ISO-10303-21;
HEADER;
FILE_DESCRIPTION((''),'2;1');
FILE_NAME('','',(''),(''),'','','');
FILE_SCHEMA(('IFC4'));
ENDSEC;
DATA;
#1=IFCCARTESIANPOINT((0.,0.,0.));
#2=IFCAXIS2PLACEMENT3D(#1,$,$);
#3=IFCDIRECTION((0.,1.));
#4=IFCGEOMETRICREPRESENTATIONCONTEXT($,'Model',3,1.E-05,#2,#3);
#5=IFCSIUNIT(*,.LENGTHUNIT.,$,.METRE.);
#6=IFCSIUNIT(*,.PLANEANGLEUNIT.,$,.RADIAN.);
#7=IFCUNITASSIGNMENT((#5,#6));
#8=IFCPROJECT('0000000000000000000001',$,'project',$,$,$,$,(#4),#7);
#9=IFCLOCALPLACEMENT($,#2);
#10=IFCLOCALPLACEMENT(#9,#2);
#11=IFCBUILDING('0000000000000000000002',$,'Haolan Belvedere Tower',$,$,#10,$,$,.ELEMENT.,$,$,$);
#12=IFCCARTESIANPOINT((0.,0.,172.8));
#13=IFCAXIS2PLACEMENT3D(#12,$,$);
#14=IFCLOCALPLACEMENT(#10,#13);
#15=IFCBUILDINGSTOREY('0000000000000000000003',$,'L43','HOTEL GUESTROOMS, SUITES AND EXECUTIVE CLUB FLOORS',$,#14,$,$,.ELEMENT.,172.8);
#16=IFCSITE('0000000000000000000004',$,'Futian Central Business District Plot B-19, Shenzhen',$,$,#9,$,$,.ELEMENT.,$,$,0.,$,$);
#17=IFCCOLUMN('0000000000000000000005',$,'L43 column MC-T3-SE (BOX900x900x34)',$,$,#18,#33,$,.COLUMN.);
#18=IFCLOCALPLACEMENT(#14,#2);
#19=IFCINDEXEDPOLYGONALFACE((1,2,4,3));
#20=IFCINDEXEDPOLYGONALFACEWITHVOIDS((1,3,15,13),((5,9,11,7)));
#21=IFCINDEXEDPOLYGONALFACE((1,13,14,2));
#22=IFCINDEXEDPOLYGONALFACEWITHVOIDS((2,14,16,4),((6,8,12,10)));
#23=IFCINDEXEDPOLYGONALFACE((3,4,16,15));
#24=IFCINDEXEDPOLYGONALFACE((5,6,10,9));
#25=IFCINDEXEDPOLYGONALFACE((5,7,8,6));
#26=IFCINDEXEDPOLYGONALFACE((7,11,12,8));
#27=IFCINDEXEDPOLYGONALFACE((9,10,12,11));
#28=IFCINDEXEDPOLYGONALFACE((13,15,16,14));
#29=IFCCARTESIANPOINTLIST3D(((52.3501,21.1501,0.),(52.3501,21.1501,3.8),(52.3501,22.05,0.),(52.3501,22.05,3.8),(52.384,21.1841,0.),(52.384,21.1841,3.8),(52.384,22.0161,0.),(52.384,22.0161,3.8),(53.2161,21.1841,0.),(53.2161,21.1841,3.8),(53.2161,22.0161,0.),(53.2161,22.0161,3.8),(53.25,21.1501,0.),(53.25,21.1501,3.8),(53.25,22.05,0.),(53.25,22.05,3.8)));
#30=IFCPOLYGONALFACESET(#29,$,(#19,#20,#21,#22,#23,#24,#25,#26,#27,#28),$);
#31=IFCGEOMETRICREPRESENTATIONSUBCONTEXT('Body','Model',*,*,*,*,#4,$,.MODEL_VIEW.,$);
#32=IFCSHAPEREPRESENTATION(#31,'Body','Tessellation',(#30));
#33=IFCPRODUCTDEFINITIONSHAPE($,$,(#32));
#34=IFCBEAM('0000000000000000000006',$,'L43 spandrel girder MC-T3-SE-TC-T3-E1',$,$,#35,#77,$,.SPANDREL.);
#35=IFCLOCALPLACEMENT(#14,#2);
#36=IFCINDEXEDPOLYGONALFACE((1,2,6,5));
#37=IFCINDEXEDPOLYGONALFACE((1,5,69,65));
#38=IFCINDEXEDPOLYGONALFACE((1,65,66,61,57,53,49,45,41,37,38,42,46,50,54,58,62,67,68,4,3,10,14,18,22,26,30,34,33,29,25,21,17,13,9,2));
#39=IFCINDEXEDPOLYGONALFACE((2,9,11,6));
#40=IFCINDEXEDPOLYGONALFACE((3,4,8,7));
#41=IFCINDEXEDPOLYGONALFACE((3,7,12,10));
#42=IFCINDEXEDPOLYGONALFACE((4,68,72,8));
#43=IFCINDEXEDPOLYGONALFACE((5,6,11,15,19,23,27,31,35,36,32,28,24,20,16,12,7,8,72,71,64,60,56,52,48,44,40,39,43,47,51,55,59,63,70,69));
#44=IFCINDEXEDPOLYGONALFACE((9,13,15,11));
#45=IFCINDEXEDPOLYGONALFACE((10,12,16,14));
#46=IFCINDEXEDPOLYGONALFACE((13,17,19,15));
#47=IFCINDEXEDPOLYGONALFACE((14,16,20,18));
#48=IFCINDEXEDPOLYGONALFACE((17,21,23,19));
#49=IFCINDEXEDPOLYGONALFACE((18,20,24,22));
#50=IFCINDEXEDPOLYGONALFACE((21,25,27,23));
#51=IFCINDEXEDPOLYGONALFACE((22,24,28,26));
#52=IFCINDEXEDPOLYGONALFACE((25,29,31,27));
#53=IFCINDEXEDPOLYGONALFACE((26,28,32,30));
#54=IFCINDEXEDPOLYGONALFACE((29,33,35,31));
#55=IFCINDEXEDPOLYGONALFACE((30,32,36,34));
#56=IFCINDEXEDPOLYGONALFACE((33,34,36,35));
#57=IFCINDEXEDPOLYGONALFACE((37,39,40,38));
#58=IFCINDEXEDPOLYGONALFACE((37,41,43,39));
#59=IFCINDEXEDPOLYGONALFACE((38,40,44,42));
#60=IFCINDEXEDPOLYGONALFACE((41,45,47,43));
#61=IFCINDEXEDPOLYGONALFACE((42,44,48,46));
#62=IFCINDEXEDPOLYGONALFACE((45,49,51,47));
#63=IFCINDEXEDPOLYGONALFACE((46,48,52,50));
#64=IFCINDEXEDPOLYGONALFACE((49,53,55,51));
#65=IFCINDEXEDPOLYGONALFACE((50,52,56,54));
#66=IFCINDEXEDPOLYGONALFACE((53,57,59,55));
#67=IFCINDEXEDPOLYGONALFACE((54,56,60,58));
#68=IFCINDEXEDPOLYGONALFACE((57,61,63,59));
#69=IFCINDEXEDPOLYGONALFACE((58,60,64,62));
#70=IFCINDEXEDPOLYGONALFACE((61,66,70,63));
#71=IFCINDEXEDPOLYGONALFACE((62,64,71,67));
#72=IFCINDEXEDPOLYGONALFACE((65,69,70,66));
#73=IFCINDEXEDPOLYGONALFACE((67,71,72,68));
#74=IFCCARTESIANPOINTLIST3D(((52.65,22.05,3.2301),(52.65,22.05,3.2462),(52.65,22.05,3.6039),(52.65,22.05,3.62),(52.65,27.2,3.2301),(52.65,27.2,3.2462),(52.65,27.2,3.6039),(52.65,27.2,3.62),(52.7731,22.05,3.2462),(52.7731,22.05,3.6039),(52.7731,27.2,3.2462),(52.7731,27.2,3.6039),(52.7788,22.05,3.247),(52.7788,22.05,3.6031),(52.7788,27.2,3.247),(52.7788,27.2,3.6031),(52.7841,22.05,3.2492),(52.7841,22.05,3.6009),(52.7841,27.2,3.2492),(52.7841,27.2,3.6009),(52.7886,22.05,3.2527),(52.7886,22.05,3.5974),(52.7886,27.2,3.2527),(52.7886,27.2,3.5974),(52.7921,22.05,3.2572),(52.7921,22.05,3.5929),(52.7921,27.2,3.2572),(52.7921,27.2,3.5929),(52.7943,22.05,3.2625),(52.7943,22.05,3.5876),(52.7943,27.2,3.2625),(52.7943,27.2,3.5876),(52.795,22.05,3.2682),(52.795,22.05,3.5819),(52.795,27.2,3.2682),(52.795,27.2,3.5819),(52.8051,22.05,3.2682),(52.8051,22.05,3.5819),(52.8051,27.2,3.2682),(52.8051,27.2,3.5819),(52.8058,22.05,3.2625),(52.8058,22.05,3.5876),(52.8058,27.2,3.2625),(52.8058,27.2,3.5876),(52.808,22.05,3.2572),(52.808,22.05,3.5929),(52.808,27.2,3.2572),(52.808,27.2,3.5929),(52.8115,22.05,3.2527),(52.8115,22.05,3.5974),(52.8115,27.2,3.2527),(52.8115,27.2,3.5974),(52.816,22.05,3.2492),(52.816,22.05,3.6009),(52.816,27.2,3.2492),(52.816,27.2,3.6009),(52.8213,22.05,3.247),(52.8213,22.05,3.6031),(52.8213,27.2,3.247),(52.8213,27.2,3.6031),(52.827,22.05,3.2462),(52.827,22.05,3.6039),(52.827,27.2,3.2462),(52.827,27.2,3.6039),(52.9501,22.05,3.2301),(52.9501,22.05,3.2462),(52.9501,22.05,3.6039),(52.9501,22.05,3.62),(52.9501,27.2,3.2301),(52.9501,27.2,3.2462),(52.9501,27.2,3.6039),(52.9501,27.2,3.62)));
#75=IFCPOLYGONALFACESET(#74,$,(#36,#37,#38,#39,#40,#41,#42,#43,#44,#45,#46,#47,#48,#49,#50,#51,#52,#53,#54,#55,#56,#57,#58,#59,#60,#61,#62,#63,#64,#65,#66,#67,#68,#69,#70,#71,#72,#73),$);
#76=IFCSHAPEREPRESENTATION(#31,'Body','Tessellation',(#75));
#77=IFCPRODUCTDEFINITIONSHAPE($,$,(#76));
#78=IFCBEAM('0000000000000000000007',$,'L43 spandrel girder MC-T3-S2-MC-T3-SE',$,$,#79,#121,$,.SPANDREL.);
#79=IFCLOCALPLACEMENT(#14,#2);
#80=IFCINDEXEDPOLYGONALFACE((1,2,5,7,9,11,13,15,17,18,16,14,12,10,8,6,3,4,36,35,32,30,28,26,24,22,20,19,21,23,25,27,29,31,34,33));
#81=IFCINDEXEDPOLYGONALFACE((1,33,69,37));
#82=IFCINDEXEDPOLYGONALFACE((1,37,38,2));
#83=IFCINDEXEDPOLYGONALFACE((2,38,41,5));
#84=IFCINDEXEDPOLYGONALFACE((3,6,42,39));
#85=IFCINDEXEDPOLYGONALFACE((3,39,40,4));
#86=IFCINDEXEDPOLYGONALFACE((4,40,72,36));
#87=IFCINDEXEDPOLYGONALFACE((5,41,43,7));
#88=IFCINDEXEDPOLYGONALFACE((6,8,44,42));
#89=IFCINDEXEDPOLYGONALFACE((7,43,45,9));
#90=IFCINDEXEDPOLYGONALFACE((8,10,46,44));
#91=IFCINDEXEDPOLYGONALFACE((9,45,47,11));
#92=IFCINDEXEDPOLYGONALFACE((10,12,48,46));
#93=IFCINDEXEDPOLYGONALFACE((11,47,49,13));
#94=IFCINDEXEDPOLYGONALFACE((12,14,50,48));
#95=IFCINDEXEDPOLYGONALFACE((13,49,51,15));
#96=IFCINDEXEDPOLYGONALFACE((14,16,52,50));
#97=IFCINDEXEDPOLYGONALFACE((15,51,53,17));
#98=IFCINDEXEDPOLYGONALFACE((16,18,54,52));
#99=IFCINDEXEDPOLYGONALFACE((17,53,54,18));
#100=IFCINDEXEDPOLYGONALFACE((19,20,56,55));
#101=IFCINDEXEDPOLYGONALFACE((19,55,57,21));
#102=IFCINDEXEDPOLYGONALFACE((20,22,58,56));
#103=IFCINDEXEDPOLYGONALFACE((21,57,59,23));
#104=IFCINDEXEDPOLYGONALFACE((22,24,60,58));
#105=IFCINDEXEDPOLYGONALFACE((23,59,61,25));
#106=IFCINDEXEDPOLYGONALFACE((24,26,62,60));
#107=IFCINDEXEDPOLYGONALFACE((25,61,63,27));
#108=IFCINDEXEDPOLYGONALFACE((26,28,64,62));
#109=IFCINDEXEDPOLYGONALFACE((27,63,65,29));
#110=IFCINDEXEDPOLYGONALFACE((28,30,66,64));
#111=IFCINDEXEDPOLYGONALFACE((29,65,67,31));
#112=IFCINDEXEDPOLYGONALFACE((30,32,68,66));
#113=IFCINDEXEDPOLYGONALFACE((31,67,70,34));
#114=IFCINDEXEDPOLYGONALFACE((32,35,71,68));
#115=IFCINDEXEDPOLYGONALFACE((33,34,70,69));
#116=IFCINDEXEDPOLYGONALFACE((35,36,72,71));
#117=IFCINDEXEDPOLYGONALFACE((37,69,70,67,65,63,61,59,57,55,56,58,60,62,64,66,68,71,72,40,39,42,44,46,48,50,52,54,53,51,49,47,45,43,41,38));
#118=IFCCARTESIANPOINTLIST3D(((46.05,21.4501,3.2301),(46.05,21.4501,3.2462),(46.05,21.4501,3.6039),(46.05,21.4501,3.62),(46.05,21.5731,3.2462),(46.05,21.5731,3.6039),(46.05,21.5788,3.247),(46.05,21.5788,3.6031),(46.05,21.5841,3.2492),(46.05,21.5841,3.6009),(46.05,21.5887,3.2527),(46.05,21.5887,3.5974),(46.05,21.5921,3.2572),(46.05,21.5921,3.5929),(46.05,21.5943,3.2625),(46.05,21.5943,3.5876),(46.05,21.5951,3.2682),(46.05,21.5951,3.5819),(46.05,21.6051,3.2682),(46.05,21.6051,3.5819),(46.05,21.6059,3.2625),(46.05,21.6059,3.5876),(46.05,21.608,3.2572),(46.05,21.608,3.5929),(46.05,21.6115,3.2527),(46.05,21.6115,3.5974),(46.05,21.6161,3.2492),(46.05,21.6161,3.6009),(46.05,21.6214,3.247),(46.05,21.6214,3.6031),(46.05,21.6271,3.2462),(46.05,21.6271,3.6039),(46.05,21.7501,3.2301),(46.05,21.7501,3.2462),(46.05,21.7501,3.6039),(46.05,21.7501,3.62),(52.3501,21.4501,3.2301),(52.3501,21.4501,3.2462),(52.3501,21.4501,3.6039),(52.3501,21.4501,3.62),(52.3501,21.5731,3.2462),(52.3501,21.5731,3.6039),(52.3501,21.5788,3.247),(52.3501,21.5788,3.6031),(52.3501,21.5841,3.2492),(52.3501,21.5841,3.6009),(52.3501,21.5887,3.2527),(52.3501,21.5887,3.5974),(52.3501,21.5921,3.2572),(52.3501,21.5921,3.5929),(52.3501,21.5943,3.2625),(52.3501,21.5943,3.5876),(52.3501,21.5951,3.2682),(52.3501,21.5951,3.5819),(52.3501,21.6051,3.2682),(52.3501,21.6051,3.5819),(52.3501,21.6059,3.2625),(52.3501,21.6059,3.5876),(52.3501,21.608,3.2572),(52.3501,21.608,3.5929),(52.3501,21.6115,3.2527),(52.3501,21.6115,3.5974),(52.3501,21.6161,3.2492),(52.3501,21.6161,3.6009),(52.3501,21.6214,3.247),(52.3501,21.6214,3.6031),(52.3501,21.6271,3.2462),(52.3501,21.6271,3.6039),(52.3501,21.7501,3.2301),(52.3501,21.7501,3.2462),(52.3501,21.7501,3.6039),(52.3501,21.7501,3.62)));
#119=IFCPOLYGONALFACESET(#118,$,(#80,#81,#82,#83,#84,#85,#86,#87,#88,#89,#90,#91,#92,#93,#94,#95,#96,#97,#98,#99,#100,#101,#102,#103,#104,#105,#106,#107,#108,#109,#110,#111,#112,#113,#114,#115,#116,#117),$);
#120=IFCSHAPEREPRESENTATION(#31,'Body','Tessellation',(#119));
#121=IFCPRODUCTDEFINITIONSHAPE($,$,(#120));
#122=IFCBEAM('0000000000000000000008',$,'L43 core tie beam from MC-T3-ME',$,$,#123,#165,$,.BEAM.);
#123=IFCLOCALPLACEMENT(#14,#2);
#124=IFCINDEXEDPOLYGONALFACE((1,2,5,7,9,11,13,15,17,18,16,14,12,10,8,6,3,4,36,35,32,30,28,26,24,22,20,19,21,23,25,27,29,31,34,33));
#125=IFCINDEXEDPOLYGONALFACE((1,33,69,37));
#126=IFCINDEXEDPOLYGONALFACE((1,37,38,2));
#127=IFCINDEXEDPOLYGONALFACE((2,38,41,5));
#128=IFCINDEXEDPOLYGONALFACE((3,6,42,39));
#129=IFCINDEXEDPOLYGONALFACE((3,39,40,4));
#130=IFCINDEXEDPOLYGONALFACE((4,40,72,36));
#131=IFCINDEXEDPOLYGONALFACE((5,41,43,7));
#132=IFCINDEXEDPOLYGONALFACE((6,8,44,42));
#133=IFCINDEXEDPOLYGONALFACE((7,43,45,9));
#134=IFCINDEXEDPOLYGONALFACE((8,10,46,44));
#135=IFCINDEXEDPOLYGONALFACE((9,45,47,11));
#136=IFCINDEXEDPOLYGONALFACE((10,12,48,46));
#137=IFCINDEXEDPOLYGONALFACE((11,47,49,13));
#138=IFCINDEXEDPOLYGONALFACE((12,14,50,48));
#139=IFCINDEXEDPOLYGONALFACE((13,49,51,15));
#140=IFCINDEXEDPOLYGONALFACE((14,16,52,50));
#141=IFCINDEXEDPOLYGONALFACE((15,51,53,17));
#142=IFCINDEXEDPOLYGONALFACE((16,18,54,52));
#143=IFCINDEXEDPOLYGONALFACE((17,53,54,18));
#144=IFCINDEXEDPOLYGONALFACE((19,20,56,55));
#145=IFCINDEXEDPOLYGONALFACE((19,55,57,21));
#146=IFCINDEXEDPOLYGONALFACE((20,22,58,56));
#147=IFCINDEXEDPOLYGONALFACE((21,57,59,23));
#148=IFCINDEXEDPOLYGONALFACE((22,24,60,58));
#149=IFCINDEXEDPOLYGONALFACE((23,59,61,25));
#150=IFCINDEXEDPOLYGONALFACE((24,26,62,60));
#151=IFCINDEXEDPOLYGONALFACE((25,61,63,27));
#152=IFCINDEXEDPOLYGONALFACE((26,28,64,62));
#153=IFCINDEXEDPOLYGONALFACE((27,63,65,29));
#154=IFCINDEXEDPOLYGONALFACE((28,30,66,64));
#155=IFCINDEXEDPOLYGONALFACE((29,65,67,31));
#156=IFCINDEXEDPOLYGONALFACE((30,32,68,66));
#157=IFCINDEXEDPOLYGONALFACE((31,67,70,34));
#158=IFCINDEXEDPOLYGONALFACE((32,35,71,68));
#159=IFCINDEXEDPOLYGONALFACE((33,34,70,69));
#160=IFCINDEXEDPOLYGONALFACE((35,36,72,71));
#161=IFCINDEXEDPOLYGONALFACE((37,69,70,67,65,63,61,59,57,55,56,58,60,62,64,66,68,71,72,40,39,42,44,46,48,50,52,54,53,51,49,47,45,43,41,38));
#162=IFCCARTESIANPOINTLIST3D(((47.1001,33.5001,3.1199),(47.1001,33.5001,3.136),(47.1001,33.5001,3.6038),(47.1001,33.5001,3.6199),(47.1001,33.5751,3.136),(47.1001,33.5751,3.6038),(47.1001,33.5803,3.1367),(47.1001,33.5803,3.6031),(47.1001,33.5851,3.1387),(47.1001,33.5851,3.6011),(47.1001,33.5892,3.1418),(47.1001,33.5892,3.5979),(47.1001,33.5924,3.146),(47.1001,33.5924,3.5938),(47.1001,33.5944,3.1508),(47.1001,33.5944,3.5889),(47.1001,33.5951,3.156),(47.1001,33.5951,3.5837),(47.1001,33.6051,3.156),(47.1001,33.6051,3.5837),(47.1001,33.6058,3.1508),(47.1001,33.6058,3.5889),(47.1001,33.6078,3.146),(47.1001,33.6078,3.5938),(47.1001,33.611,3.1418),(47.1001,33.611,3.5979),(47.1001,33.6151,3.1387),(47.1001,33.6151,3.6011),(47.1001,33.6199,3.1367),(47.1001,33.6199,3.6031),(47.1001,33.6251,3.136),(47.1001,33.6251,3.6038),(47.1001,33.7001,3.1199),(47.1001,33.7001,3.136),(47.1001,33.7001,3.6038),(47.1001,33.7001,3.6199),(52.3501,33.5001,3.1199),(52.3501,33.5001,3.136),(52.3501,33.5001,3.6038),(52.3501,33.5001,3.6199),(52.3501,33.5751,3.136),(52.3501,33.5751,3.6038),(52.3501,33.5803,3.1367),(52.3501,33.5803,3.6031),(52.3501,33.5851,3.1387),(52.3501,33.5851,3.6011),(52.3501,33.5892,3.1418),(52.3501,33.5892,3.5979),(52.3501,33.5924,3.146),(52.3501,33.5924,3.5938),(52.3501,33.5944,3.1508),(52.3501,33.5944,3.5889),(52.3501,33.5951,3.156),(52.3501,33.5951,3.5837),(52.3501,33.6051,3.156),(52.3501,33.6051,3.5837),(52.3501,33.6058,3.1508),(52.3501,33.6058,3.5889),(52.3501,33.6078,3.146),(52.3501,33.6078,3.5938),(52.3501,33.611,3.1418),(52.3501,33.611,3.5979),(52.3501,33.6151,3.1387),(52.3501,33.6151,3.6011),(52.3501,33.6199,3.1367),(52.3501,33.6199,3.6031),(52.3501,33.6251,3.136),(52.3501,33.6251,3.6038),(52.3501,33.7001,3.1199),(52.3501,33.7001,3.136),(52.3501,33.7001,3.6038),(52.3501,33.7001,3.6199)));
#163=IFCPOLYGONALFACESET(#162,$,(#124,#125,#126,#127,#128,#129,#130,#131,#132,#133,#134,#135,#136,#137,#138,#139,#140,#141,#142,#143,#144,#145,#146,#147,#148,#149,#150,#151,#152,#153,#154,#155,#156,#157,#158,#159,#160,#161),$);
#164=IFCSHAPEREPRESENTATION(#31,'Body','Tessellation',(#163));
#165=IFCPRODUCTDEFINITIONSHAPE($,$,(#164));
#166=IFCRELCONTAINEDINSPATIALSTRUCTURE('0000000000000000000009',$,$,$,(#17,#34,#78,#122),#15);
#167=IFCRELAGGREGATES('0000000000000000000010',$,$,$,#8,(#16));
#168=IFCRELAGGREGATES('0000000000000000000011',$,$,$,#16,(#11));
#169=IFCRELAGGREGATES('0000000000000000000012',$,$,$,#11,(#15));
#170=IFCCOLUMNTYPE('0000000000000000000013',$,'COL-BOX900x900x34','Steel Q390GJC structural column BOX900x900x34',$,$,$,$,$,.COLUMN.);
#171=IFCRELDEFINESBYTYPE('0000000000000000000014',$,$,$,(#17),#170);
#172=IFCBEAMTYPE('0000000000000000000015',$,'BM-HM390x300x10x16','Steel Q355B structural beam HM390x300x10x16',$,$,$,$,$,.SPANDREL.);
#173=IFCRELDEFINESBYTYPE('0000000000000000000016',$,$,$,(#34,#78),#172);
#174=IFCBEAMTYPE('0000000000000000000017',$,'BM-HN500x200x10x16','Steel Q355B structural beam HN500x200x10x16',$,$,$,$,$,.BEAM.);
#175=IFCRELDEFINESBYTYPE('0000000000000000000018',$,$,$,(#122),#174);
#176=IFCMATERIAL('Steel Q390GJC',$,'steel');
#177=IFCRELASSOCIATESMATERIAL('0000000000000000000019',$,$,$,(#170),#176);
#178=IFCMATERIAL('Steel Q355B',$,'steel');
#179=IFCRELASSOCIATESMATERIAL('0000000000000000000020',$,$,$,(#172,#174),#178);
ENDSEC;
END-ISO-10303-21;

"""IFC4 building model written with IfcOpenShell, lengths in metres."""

from ifc_helpers import new_model, si_unit, direction, frame, origin, origin_2d, place, context, subcontext, project, spatial, hollow_rectangle, i_section, extrude, material, material_profile, profile_set, type_object, element, save


model = new_model("IFC4")

# Units and contexts
model_context = context("Model", 3, precision=1e-05, world=origin(), true_north=direction((0.0, 1.0)))
body_context = subcontext(model_context, "Body", "Model", "MODEL_VIEW")
ifc_project = project(units=[si_unit("LENGTHUNIT", "METRE"), si_unit("PLANEANGLEUNIT", "RADIAN")], contexts=[model_context])

# Site, building, storey
site_placement = place(None, origin())
site = spatial("IfcSite", under=ifc_project, at=site_placement, Name="Futian Central Business District Plot B-19, Shenzhen", CompositionType="ELEMENT", RefElevation=0.0)
building_placement = place(site_placement, origin())
building = spatial("IfcBuilding", under=site, at=building_placement, Name="Haolan Belvedere Tower", CompositionType="ELEMENT")
storey_placement = place(building_placement, frame((0.0, 0.0, 172.8)))
storey = spatial("IfcBuildingStorey", under=building, at=storey_placement, Name="L43", Description="HOTEL GUESTROOMS, SUITES AND EXECUTIVE CLUB FLOORS", CompositionType="ELEMENT", Elevation=172.8)

# Column
ifc_material_1 = material(Name="Steel Q390GJC", Category="steel")
ifc_material_profile_1 = material_profile(ifc_material_1, hollow_rectangle(XDim=0.8999, YDim=0.8999, WallThickness=0.0339, at=origin_2d()), Name="Steel Q390GJC")
ifc_profile_set_1 = profile_set([ifc_material_profile_1], Name="Steel Q390GJC")
column_type = type_object("IfcColumnType", Name="COL-BOX900x900x34", Description="Steel Q390GJC structural column BOX900x900x34", PredefinedType="COLUMN", material=ifc_profile_set_1)
column_placement = place(storey_placement, frame((52.8, 21.6001, 0.0), z_axis=(0.0, 0.0, 1.0), x_axis=(1.0, 0.0, 0.0)))
element("IfcColumn", 1, at=column_placement, inside=storey, type_object=column_type, Name="L43 column MC-T3-SE (BOX900x900x34)", PredefinedType="COLUMN", context=body_context, shape_type="SweptSolid", body=[
    extrude(hollow_rectangle(XDim=0.8999, YDim=0.8999, WallThickness=0.0339, at=origin_2d()), origin(), (0.0, 0.0, 1.0), 3.8),
])

# Beams
ifc_material_2 = material(Name="Steel Q355B", Category="steel")
ifc_material_profile_2 = material_profile(ifc_material_2, i_section(OverallWidth=0.3, OverallDepth=0.3899, WebThickness=0.01, FlangeThickness=0.0161, FilletRadius=0.022, at=origin_2d()), Name="Steel Q355B")
ifc_profile_set_2 = profile_set([ifc_material_profile_2], Name="Steel Q355B")
beam_type_1 = type_object("IfcBeamType", Name="BM-HM390x300x10x16", Description="Steel Q355B structural beam HM390x300x10x16", PredefinedType="SPANDREL", material=ifc_profile_set_2)
beam_1_placement = place(storey_placement, frame((52.8, 22.05, 3.425), z_axis=(0.0, 1.0, 0.0), x_axis=(-1.0, 0.0, 0.0)))
element("IfcBeam", 2, at=beam_1_placement, inside=storey, type_object=beam_type_1, Name="L43 spandrel girder MC-T3-SE-TC-T3-E1", PredefinedType="SPANDREL", context=body_context, shape_type="SweptSolid", body=[
    extrude(i_section(OverallWidth=0.3, OverallDepth=0.3899, WebThickness=0.01, FlangeThickness=0.0161, FilletRadius=0.022, at=origin_2d()), origin(), (0.0, 0.0, 1.0), 5.1499),
])
beam_2_placement = place(storey_placement, frame((46.05, 21.6001, 3.425), z_axis=(1.0, 0.0, 0.0), x_axis=(0.0, 1.0, 0.0)))
element("IfcBeam", 3, at=beam_2_placement, inside=storey, type_object=beam_type_1, Name="L43 spandrel girder MC-T3-S2-MC-T3-SE", PredefinedType="SPANDREL", context=body_context, shape_type="SweptSolid", body=[
    extrude(i_section(OverallWidth=0.3, OverallDepth=0.3899, WebThickness=0.01, FlangeThickness=0.0161, FilletRadius=0.022, at=origin_2d()), origin(), (0.0, 0.0, 1.0), 6.3),
])
ifc_material_profile_3 = material_profile(ifc_material_2, i_section(OverallWidth=0.2, OverallDepth=0.5, WebThickness=0.01, FlangeThickness=0.0161, FilletRadius=0.02, at=origin_2d()), Name="Steel Q355B")
ifc_profile_set_3 = profile_set([ifc_material_profile_3], Name="Steel Q355B")
beam_type_2 = type_object("IfcBeamType", Name="BM-HN500x200x10x16", Description="Steel Q355B structural beam HN500x200x10x16", PredefinedType="BEAM", material=ifc_profile_set_3)
beam_3_placement = place(storey_placement, frame((52.3501, 33.6001, 3.3699), z_axis=(-1.0, 0.0, 0.0), x_axis=(0.0, -1.0, 0.0)))
element("IfcBeam", 4, at=beam_3_placement, inside=storey, type_object=beam_type_2, Name="L43 core tie beam from MC-T3-ME", PredefinedType="BEAM", context=body_context, shape_type="SweptSolid", body=[
    extrude(i_section(OverallWidth=0.2, OverallDepth=0.5, WebThickness=0.01, FlangeThickness=0.0161, FilletRadius=0.02, at=origin_2d()), origin(), (0.0, 0.0, 1.0), 5.25),
])

save(model, "model.ifc")
